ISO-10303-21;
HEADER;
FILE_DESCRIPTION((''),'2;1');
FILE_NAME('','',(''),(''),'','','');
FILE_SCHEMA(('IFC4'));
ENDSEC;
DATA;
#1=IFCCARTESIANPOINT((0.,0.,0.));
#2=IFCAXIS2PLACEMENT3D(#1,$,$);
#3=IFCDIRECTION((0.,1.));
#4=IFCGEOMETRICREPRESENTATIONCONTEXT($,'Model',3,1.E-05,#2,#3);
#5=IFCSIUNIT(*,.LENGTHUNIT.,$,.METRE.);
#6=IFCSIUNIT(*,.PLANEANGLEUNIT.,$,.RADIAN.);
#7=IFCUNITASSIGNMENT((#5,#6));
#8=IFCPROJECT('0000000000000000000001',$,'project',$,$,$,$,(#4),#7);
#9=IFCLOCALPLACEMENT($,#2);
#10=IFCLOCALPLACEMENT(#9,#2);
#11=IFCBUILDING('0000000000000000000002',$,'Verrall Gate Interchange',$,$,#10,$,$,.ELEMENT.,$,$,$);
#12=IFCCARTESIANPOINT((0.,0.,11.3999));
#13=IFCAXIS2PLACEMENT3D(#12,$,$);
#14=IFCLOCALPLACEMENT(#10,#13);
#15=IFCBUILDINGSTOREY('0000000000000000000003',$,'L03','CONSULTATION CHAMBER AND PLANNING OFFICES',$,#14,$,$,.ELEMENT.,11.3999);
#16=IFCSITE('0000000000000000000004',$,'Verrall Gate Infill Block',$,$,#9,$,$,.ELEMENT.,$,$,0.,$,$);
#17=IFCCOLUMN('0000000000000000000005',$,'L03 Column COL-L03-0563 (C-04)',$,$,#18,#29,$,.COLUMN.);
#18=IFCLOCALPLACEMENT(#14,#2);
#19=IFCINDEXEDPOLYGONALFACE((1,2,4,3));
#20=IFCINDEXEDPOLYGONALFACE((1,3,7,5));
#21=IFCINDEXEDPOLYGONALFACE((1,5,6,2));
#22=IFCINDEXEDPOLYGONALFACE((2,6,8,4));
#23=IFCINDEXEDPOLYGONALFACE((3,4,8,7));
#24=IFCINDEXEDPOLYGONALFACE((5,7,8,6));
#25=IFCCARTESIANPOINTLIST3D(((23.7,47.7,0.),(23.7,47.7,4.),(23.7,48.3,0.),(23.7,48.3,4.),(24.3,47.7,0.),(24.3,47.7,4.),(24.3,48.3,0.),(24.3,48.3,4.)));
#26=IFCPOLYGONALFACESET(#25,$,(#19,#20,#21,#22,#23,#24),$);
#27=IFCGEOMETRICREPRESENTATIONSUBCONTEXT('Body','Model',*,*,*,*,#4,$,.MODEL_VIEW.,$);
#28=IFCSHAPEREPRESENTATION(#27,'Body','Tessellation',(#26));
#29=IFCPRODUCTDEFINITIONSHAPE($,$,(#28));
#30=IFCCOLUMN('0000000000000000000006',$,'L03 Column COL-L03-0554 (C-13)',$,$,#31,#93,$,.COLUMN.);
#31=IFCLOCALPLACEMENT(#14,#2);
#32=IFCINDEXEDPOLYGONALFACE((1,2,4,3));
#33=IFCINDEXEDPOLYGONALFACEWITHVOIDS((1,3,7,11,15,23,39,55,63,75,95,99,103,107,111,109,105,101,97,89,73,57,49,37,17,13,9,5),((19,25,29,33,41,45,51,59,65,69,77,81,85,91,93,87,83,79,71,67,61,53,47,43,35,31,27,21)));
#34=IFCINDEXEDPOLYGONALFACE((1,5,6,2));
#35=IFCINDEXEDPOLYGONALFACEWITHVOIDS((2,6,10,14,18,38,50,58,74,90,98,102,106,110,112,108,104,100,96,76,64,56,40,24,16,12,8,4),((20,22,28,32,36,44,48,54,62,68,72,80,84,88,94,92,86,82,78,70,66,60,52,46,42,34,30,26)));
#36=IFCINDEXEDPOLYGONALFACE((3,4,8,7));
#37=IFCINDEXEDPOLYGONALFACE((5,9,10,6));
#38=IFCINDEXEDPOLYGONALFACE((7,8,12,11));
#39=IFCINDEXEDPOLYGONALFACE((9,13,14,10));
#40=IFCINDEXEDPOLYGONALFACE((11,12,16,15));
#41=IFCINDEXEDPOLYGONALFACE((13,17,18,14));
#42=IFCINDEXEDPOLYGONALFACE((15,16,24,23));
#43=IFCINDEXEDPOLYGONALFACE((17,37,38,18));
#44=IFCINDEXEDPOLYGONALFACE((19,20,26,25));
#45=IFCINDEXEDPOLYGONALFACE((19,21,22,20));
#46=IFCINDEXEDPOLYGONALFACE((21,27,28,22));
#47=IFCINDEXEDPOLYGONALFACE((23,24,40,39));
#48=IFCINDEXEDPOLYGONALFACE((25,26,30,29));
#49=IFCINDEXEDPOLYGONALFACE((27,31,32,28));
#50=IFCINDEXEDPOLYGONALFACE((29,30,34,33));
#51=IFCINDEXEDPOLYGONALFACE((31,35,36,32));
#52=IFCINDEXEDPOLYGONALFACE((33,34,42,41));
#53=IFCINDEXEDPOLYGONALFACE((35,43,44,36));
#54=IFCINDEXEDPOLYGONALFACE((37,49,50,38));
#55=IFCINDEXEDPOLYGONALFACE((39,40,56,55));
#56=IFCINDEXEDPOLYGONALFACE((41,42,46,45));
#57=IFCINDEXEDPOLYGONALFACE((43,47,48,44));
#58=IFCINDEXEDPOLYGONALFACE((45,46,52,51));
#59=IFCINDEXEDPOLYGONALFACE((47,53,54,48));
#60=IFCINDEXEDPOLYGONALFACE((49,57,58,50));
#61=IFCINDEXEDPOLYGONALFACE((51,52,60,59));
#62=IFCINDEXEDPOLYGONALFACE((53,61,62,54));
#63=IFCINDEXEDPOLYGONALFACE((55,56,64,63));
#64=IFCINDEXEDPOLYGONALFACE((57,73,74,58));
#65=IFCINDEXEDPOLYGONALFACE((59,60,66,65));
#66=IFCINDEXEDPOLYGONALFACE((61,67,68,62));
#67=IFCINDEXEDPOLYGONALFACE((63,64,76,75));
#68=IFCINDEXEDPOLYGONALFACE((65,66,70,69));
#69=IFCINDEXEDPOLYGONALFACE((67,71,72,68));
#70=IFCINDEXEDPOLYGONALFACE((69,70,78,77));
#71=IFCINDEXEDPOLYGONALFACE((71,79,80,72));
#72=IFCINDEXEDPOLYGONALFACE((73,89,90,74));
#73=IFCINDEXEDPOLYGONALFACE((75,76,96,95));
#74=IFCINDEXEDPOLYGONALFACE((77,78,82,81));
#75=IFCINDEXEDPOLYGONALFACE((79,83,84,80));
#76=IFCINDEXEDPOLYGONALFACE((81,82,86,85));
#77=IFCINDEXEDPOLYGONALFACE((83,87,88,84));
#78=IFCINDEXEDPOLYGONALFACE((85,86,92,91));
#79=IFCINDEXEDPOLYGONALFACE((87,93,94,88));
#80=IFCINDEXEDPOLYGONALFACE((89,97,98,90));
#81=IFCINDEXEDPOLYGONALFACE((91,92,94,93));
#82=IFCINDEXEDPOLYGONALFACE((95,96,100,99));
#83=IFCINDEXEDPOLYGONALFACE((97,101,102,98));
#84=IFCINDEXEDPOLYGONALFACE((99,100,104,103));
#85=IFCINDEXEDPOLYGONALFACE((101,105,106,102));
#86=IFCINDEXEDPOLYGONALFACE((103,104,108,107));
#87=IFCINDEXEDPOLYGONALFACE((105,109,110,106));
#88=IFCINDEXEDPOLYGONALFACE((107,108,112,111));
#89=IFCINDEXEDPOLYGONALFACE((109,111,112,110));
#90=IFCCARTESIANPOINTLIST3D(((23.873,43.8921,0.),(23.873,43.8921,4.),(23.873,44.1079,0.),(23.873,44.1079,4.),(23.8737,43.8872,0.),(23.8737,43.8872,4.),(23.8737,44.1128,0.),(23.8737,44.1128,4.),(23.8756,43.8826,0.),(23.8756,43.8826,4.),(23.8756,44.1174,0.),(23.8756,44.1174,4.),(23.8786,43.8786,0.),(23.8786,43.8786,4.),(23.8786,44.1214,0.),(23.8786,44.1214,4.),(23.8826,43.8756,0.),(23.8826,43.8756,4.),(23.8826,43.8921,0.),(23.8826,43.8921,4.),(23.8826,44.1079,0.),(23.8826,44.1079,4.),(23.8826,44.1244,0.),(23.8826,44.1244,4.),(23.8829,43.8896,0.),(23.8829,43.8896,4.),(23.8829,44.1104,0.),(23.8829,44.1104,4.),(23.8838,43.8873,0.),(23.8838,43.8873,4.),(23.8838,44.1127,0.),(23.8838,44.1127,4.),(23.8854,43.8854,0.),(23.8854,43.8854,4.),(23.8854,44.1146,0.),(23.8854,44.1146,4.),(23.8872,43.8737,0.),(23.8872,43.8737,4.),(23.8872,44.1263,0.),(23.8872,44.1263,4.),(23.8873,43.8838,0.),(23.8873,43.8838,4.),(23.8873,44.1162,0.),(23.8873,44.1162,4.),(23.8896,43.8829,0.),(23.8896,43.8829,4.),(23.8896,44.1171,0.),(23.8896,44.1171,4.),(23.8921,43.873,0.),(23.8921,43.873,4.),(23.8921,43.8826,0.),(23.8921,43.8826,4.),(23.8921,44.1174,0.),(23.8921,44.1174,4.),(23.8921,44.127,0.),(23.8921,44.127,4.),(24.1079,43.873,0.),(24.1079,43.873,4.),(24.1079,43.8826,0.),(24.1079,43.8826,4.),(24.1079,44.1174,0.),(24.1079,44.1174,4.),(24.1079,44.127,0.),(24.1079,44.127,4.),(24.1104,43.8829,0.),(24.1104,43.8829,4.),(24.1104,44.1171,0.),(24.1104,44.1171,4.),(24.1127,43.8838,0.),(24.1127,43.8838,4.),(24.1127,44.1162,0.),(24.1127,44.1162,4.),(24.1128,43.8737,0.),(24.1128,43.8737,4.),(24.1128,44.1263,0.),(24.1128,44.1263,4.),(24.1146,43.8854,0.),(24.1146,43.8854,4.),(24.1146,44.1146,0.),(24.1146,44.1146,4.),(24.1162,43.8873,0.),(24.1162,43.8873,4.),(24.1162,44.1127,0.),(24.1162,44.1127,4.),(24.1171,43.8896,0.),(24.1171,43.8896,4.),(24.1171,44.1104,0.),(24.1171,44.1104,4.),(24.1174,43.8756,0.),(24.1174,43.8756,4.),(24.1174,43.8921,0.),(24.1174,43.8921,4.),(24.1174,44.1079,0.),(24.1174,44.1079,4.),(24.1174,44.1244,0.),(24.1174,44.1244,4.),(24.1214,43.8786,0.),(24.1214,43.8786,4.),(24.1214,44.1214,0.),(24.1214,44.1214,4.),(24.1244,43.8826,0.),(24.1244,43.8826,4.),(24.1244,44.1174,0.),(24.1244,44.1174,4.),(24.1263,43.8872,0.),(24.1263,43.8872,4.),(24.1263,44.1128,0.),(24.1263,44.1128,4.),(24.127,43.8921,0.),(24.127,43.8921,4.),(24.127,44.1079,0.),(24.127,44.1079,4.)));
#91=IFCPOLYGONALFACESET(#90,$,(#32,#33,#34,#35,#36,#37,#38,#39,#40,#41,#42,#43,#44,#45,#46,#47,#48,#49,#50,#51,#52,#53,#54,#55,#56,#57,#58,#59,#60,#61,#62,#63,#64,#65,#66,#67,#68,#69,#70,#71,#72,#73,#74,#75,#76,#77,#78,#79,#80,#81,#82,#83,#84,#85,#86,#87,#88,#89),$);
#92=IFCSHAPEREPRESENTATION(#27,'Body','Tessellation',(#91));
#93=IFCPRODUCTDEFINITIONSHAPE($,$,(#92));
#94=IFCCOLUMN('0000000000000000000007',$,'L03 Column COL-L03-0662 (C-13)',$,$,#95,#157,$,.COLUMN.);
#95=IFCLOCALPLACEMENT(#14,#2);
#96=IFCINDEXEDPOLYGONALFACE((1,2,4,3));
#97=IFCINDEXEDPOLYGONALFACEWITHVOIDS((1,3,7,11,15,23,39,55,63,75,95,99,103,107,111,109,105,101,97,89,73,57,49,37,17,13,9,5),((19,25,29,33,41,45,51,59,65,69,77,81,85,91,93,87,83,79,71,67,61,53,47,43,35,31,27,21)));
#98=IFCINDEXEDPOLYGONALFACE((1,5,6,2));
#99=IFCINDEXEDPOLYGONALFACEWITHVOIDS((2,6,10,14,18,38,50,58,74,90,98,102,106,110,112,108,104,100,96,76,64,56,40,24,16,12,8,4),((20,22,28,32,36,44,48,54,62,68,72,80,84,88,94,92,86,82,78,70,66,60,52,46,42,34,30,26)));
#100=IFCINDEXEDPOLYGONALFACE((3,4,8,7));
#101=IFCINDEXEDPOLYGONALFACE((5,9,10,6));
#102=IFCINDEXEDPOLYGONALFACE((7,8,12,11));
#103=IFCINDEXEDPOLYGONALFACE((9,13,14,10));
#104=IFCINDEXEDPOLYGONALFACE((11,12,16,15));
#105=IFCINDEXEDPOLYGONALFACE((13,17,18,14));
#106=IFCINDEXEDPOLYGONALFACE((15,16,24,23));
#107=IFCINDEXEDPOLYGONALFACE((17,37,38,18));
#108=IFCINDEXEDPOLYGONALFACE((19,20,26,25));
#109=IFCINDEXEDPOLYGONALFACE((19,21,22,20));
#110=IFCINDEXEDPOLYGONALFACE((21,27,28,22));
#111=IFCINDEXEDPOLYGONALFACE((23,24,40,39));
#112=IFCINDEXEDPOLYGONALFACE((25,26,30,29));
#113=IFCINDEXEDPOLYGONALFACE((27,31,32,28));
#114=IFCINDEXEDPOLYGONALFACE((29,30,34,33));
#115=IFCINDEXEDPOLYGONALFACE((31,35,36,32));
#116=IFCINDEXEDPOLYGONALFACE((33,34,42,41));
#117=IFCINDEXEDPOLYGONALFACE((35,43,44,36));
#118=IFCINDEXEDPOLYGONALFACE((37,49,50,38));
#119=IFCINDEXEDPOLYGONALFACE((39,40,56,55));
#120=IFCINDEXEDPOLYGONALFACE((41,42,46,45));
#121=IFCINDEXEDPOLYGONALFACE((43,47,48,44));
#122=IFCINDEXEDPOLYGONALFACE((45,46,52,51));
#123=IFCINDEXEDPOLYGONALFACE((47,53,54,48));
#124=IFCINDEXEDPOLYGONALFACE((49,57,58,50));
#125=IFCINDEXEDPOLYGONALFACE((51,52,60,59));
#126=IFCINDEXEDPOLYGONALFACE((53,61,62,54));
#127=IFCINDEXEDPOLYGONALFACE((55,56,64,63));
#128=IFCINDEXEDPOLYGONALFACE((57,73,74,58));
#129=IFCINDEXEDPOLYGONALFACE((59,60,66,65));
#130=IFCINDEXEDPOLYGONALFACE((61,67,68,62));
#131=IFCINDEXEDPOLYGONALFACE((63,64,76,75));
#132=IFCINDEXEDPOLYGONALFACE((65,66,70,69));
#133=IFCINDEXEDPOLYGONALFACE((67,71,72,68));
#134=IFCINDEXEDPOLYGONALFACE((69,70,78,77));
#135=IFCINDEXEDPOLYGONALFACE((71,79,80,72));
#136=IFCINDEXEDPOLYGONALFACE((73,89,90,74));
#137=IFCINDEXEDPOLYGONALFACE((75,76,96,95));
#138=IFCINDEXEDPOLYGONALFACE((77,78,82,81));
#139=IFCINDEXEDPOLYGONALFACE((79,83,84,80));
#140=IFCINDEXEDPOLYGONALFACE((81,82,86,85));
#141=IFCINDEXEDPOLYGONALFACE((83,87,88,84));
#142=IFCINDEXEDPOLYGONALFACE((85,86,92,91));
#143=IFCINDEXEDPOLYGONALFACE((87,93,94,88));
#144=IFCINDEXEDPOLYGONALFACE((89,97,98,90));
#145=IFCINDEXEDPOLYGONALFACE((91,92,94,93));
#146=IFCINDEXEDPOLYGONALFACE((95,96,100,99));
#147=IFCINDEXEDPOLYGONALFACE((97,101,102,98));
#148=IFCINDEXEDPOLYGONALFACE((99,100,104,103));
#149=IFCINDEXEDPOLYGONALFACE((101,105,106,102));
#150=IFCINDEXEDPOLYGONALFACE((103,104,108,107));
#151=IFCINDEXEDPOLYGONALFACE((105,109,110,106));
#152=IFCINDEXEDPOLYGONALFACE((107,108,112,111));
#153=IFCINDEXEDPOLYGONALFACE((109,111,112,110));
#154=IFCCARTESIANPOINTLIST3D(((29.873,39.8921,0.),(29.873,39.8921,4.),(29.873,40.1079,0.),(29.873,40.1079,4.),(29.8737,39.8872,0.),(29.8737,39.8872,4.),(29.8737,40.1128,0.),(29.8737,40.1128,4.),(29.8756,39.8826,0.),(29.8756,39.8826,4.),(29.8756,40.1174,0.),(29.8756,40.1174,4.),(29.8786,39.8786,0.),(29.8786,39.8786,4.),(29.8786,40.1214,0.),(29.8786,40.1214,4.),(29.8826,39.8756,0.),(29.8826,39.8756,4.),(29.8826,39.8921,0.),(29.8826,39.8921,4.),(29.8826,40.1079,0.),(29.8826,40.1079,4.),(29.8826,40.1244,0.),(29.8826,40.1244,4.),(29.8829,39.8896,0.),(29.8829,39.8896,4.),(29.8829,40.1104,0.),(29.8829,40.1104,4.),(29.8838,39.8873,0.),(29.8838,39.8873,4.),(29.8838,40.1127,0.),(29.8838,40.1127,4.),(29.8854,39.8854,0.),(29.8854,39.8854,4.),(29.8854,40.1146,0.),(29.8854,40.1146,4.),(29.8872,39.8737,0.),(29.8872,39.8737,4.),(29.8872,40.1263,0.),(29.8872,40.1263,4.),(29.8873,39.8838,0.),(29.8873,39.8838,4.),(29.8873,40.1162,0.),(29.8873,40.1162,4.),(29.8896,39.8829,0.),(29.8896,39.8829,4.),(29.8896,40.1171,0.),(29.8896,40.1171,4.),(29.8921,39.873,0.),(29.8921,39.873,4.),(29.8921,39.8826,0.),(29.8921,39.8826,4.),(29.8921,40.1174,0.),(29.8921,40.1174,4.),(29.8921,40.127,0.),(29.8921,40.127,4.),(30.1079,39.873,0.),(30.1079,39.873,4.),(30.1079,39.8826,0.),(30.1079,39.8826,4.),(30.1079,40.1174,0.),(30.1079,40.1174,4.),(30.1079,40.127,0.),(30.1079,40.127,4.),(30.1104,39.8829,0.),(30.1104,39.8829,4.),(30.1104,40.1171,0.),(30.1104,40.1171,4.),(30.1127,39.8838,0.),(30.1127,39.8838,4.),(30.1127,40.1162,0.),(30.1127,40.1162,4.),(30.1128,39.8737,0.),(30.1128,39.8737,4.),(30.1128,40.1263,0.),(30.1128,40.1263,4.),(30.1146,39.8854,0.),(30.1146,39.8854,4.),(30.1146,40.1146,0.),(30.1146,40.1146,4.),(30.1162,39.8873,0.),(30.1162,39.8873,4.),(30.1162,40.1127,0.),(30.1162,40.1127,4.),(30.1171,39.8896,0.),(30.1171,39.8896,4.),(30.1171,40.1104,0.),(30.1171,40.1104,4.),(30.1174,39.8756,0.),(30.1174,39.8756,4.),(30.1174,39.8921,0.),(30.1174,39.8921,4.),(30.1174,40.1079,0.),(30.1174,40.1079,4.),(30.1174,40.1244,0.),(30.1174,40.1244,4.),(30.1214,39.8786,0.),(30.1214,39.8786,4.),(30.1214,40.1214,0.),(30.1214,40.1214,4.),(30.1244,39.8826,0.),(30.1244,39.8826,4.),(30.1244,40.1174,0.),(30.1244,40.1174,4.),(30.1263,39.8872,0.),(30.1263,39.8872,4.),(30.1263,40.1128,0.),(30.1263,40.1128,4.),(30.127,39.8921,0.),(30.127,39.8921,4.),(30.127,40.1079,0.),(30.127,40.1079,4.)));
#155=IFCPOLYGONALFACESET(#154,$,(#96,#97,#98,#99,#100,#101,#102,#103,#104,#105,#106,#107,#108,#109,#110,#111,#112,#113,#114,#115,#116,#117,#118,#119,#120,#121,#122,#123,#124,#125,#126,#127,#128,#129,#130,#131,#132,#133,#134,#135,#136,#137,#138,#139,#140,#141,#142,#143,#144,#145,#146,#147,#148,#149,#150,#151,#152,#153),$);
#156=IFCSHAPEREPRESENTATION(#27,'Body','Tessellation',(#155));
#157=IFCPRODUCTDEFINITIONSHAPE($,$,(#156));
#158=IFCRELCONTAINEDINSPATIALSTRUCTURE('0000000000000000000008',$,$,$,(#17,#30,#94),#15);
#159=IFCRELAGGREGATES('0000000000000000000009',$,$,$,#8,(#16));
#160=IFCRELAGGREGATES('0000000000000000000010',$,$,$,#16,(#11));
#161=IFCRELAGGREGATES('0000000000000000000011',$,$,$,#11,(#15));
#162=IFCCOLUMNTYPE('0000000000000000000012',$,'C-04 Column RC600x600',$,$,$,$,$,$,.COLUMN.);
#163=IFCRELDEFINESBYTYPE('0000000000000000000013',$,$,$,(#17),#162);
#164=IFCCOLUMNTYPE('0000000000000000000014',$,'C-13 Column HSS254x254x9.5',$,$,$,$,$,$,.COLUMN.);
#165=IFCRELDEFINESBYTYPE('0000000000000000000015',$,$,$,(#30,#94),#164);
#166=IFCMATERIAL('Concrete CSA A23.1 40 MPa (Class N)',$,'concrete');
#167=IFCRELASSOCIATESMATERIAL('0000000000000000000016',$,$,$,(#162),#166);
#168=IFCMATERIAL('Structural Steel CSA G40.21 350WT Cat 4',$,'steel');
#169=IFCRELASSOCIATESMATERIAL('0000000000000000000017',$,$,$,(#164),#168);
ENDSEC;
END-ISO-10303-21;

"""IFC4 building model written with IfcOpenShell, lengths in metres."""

from ifc_helpers import new_model, si_unit, direction, frame, origin, origin_2d, place, context, subcontext, project, spatial, rectangle, hollow_rectangle, extrude, material, material_profile, profile_set, type_object, element, save


model = new_model("IFC4")

# Units and contexts
model_context = context("Model", 3, precision=1e-05, world=origin(), true_north=direction((0.0, 1.0)))
body_context = subcontext(model_context, "Body", "Model", "MODEL_VIEW")
ifc_project = project(units=[si_unit("LENGTHUNIT", "METRE"), si_unit("PLANEANGLEUNIT", "RADIAN")], contexts=[model_context])

# Site, building, storey
site_placement = place(None, origin())
site = spatial("IfcSite", under=ifc_project, at=site_placement, Name="Verrall Gate Infill Block", CompositionType="ELEMENT", RefElevation=0.0)
building_placement = place(site_placement, origin())
building = spatial("IfcBuilding", under=site, at=building_placement, Name="Verrall Gate Interchange", CompositionType="ELEMENT")
storey_placement = place(building_placement, frame((0.0, 0.0, 11.3999)))
storey = spatial("IfcBuildingStorey", under=building, at=storey_placement, Name="L03", Description="CONSULTATION CHAMBER AND PLANNING OFFICES", CompositionType="ELEMENT", Elevation=11.3999)

# Columns
ifc_material_1 = material(Name="Concrete CSA A23.1 40 MPa (Class N)", Category="concrete")
ifc_material_profile_1 = material_profile(ifc_material_1, rectangle(XDim=0.6001, YDim=0.6001, at=origin_2d()), Name="RC600x600")
ifc_profile_set_1 = profile_set([ifc_material_profile_1], Name="Concrete CSA A23.1 40 MPa (Class N)")
column_type_1 = type_object("IfcColumnType", Name="C-04 Column RC600x600", PredefinedType="COLUMN", material=ifc_profile_set_1)
column_placement = place(storey_placement, frame((24.0, 48.0, 0.0), z_axis=(0.0, 0.0, 1.0), x_axis=(1.0, 0.0, 0.0)))
element("IfcColumn", 1, at=column_placement, inside=storey, type_object=column_type_1, Name="L03 Column COL-L03-0563 (C-04)", PredefinedType="COLUMN", context=body_context, shape_type="SweptSolid", body=[
    extrude(rectangle(XDim=0.6001, YDim=0.6001, at=origin_2d()), origin(), (0.0, 0.0, 1.0), 4.0),
])
ifc_material_2 = material(Name="Structural Steel CSA G40.21 350WT Cat 4", Category="steel")
ifc_material_profile_2 = material_profile(ifc_material_2, hollow_rectangle(XDim=0.2539, YDim=0.2539, WallThickness=0.0095, InnerFilletRadius=0.0095, OuterFilletRadius=0.019, at=origin_2d()), Name="HSS254x254x9.5")
ifc_profile_set_2 = profile_set([ifc_material_profile_2], Name="Structural Steel CSA G40.21 350WT Cat 4")
column_type_2 = type_object("IfcColumnType", Name="C-13 Column HSS254x254x9.5", PredefinedType="COLUMN", material=ifc_profile_set_2)
for number, where, z_axis, x_axis, name in (
    (2, (24.0, 44.0, 0.0), (0.0, 0.0, 1.0), (1.0, 0.0, 0.0), "L03 Column COL-L03-0554 (C-13)"),
    (3, (30.0, 40.0, 0.0), (0.0, 0.0, 1.0), (1.0, 0.0, 0.0), "L03 Column COL-L03-0662 (C-13)"),
):
    element("IfcColumn", number, at=place(storey_placement, frame(where, z_axis=z_axis, x_axis=x_axis)), inside=storey, type_object=column_type_2, Name=name, PredefinedType="COLUMN", context=body_context, shape_type="SweptSolid", body=[
        extrude(hollow_rectangle(XDim=0.2539, YDim=0.2539, WallThickness=0.0095, InnerFilletRadius=0.0095, OuterFilletRadius=0.019, at=origin_2d()), origin(), (0.0, 0.0, 1.0), 4.0),
    ])

save(model, "model.ifc")
